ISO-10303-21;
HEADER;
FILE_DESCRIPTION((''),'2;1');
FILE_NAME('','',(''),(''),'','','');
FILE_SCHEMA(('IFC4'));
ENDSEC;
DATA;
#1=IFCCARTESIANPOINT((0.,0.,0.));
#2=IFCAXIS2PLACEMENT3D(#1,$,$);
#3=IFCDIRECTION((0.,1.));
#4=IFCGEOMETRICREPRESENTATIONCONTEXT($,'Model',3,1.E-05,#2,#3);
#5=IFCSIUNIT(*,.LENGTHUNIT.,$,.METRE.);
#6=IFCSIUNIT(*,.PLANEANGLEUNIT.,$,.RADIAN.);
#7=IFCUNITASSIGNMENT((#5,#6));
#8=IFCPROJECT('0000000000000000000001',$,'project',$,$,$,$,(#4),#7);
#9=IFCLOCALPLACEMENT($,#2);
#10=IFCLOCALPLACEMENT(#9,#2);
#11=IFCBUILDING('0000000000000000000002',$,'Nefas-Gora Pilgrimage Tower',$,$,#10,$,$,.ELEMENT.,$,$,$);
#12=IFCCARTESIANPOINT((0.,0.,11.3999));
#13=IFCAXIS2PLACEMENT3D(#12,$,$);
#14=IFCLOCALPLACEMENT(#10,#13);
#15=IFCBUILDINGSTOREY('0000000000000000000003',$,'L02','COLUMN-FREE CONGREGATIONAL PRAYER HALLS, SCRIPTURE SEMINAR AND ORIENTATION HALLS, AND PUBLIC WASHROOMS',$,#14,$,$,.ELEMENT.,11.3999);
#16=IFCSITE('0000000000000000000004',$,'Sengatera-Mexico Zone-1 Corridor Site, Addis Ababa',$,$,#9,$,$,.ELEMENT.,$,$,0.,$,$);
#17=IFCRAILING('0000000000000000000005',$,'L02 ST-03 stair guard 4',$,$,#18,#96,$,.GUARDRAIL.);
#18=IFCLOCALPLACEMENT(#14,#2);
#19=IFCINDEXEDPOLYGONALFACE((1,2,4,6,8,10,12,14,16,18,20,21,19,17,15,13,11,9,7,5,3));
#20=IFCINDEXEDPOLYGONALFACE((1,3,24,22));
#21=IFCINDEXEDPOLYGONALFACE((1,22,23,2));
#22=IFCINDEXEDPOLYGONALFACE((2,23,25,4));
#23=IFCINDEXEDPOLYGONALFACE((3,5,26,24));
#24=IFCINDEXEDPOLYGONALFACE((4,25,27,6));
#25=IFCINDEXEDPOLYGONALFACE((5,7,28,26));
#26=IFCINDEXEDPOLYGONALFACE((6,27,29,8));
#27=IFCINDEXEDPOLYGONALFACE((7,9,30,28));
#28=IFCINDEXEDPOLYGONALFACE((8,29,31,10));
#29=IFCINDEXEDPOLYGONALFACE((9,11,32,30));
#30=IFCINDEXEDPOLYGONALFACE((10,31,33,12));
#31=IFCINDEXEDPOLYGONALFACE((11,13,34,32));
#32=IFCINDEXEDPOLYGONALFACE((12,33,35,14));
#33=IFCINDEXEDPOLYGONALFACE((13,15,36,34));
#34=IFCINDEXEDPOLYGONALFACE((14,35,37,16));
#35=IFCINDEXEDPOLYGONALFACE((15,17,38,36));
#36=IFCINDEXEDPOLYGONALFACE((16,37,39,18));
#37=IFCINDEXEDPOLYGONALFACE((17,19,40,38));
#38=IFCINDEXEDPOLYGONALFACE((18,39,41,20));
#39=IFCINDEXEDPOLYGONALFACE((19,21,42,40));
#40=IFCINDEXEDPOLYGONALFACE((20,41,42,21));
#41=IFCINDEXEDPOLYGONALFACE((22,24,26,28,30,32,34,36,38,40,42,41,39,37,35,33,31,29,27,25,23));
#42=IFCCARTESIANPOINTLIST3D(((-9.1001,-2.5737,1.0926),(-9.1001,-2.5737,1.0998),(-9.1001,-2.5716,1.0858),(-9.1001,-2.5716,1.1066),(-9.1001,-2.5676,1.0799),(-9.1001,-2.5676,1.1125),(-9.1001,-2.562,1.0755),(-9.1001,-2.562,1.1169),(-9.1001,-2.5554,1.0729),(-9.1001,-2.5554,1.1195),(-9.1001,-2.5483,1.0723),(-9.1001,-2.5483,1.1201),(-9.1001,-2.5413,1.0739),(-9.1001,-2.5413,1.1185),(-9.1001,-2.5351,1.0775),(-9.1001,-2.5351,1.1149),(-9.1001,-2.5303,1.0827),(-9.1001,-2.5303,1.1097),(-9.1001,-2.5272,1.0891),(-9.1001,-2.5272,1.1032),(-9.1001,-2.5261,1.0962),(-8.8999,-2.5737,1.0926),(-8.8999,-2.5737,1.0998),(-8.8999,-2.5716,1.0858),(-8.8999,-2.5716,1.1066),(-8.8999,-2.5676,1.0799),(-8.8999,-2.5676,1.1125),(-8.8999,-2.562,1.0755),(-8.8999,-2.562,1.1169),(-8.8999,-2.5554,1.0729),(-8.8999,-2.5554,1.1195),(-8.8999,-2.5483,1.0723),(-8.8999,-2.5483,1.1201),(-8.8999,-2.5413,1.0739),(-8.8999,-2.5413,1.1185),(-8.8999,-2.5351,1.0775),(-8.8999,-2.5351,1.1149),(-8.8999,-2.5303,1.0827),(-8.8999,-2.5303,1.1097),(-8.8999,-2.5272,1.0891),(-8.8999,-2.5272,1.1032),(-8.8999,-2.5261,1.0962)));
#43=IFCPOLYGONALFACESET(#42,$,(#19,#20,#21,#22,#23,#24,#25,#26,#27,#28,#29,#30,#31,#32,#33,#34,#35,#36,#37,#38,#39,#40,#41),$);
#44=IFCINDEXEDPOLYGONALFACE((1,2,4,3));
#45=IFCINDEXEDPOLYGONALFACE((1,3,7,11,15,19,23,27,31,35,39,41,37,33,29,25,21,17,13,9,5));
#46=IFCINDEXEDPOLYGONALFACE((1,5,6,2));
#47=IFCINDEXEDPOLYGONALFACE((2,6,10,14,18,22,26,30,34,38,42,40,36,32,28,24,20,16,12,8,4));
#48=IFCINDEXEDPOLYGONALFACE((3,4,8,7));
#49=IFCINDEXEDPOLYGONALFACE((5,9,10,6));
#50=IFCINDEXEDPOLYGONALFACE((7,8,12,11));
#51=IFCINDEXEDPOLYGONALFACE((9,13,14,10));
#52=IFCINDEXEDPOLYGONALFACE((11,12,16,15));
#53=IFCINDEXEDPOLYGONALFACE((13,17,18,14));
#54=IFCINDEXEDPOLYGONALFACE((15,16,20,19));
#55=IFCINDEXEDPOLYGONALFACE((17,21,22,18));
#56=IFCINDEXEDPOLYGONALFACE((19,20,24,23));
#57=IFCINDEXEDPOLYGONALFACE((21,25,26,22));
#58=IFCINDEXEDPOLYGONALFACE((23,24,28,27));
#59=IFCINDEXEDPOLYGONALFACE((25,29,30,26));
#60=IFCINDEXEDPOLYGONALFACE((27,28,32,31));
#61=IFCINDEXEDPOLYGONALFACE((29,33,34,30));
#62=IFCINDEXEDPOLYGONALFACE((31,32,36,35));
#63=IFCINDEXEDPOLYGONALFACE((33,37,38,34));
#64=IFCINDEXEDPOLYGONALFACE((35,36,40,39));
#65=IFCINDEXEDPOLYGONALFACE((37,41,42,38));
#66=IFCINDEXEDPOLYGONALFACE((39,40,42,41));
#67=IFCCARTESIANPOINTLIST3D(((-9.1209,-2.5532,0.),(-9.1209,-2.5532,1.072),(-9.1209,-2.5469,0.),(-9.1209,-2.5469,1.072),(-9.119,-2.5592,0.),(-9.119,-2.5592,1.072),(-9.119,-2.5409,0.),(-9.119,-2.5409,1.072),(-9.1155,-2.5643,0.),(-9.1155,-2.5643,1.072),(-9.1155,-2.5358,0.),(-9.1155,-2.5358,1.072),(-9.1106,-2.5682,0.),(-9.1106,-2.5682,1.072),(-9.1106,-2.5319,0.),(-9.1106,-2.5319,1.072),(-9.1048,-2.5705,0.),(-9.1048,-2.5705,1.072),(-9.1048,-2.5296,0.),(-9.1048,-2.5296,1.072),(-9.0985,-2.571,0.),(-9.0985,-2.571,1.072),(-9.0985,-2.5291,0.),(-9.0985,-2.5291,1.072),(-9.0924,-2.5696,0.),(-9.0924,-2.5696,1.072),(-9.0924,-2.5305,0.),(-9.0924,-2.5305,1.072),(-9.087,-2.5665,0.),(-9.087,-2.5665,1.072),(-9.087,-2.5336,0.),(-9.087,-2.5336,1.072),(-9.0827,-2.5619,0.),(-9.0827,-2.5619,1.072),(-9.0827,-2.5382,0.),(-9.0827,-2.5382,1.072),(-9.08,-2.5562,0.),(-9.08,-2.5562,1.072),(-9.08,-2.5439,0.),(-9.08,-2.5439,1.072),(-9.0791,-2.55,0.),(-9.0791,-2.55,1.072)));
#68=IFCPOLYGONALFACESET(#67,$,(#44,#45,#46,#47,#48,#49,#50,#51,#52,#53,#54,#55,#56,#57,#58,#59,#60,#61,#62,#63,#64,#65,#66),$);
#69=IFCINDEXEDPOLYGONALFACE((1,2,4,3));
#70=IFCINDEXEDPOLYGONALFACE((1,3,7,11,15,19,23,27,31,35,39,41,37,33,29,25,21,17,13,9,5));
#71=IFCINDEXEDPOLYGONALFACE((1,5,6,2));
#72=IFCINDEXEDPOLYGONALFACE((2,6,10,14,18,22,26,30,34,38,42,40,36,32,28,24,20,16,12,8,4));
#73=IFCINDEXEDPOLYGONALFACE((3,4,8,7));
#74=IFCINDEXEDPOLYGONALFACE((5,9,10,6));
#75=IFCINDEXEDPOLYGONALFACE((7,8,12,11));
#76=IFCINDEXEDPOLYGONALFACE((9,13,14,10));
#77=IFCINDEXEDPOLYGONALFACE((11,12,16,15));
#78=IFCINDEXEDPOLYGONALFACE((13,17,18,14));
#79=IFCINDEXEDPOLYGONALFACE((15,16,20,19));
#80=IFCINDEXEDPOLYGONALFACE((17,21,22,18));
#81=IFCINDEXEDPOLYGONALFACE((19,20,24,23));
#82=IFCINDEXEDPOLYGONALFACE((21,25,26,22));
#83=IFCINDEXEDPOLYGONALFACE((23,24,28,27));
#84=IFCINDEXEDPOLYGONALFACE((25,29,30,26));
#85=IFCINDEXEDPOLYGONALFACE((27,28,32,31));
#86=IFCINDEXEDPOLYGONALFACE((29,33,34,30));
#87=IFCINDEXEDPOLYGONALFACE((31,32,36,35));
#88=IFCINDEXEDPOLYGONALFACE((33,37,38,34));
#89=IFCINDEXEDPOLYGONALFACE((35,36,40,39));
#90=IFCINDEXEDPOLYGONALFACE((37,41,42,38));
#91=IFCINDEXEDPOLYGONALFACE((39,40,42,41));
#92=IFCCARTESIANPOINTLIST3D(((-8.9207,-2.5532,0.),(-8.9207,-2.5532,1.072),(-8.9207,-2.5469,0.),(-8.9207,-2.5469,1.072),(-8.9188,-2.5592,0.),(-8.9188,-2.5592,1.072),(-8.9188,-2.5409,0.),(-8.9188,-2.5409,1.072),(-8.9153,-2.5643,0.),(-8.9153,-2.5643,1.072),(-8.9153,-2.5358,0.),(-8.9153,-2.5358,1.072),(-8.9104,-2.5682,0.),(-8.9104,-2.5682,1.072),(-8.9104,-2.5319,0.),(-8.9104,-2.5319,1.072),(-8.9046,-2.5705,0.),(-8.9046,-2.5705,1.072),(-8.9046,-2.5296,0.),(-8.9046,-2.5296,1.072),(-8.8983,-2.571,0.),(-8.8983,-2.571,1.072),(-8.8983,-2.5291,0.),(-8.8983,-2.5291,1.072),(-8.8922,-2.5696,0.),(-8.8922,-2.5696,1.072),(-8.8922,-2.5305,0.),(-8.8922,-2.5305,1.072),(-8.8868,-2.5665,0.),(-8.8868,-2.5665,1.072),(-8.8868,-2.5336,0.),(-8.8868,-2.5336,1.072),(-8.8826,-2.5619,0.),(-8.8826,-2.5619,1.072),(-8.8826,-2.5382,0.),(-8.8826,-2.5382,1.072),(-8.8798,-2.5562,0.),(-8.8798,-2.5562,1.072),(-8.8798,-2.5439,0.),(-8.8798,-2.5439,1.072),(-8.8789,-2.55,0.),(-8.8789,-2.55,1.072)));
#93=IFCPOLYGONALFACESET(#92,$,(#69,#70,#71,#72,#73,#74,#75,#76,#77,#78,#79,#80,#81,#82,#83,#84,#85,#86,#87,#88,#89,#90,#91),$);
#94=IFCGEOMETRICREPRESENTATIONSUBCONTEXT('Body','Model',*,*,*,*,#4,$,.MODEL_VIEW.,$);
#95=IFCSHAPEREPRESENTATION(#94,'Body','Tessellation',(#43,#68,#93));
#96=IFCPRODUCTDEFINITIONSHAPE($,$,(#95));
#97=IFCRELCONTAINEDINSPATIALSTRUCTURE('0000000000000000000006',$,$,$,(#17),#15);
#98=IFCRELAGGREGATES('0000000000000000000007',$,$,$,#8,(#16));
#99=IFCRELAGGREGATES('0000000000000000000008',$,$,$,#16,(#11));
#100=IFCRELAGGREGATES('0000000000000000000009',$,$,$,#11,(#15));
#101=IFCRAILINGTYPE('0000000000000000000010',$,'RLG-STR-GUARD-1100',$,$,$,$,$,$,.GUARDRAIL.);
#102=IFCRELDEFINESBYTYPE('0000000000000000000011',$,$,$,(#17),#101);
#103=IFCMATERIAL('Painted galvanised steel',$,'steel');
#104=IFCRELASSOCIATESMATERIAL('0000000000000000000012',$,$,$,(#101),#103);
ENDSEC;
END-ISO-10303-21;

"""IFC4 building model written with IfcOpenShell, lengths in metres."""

from ifc_helpers import new_model, si_unit, direction, frame, origin, origin_2d, place, context, subcontext, project, spatial, circle, extrude, material, type_object, element, save


model = new_model("IFC4")

# Units and contexts
model_context = context("Model", 3, precision=1e-05, world=origin(), true_north=direction((0.0, 1.0)))
body_context = subcontext(model_context, "Body", "Model", "MODEL_VIEW")
ifc_project = project(units=[si_unit("LENGTHUNIT", "METRE"), si_unit("PLANEANGLEUNIT", "RADIAN")], contexts=[model_context])

# Site, building, storey
site_placement = place(None, origin())
site = spatial("IfcSite", under=ifc_project, at=site_placement, Name="Sengatera-Mexico Zone-1 Corridor Site, Addis Ababa", CompositionType="ELEMENT", RefElevation=0.0)
building_placement = place(site_placement, origin())
building = spatial("IfcBuilding", under=site, at=building_placement, Name="Nefas-Gora Pilgrimage Tower", CompositionType="ELEMENT")
storey_placement = place(building_placement, frame((0.0, 0.0, 11.3999)))
storey = spatial("IfcBuildingStorey", under=building, at=storey_placement, Name="L02", Description="COLUMN-FREE CONGREGATIONAL PRAYER HALLS, SCRIPTURE SEMINAR AND ORIENTATION HALLS, AND PUBLIC WASHROOMS", CompositionType="ELEMENT", Elevation=11.3999)

# Railing
ifc_material_1 = material(Name="Painted galvanised steel", Category="steel")
railing_type_1 = type_object("IfcRailingType", Name="RLG-STR-GUARD-1100", PredefinedType="GUARDRAIL", material=ifc_material_1)
railing_1_placement = place(storey_placement, frame((-9.1001, -2.55, 0.0)))
element("IfcRailing", 1, at=railing_1_placement, inside=storey, type_object=railing_type_1, Name="L02 ST-03 stair guard 4", PredefinedType="GUARDRAIL", context=body_context, shape_type="SweptSolid", body=[
    extrude(circle(Radius=0.0239, at=origin_2d()), frame((0.0, 0.0, 1.0962), z_axis=(1.0, 0.0, 0.0), x_axis=(0.0, 1.0, 0.0)), (0.0, 0.0, 1.0), 0.2002),
    extrude(circle(Radius=0.021, at=origin_2d()), origin(), (0.0, 0.0, 1.0), 1.072),
    extrude(circle(Radius=0.021, at=origin_2d()), frame((0.2002, 0.0, 0.0)), (0.0, 0.0, 1.0), 1.072),
])

save(model, "model.ifc")
